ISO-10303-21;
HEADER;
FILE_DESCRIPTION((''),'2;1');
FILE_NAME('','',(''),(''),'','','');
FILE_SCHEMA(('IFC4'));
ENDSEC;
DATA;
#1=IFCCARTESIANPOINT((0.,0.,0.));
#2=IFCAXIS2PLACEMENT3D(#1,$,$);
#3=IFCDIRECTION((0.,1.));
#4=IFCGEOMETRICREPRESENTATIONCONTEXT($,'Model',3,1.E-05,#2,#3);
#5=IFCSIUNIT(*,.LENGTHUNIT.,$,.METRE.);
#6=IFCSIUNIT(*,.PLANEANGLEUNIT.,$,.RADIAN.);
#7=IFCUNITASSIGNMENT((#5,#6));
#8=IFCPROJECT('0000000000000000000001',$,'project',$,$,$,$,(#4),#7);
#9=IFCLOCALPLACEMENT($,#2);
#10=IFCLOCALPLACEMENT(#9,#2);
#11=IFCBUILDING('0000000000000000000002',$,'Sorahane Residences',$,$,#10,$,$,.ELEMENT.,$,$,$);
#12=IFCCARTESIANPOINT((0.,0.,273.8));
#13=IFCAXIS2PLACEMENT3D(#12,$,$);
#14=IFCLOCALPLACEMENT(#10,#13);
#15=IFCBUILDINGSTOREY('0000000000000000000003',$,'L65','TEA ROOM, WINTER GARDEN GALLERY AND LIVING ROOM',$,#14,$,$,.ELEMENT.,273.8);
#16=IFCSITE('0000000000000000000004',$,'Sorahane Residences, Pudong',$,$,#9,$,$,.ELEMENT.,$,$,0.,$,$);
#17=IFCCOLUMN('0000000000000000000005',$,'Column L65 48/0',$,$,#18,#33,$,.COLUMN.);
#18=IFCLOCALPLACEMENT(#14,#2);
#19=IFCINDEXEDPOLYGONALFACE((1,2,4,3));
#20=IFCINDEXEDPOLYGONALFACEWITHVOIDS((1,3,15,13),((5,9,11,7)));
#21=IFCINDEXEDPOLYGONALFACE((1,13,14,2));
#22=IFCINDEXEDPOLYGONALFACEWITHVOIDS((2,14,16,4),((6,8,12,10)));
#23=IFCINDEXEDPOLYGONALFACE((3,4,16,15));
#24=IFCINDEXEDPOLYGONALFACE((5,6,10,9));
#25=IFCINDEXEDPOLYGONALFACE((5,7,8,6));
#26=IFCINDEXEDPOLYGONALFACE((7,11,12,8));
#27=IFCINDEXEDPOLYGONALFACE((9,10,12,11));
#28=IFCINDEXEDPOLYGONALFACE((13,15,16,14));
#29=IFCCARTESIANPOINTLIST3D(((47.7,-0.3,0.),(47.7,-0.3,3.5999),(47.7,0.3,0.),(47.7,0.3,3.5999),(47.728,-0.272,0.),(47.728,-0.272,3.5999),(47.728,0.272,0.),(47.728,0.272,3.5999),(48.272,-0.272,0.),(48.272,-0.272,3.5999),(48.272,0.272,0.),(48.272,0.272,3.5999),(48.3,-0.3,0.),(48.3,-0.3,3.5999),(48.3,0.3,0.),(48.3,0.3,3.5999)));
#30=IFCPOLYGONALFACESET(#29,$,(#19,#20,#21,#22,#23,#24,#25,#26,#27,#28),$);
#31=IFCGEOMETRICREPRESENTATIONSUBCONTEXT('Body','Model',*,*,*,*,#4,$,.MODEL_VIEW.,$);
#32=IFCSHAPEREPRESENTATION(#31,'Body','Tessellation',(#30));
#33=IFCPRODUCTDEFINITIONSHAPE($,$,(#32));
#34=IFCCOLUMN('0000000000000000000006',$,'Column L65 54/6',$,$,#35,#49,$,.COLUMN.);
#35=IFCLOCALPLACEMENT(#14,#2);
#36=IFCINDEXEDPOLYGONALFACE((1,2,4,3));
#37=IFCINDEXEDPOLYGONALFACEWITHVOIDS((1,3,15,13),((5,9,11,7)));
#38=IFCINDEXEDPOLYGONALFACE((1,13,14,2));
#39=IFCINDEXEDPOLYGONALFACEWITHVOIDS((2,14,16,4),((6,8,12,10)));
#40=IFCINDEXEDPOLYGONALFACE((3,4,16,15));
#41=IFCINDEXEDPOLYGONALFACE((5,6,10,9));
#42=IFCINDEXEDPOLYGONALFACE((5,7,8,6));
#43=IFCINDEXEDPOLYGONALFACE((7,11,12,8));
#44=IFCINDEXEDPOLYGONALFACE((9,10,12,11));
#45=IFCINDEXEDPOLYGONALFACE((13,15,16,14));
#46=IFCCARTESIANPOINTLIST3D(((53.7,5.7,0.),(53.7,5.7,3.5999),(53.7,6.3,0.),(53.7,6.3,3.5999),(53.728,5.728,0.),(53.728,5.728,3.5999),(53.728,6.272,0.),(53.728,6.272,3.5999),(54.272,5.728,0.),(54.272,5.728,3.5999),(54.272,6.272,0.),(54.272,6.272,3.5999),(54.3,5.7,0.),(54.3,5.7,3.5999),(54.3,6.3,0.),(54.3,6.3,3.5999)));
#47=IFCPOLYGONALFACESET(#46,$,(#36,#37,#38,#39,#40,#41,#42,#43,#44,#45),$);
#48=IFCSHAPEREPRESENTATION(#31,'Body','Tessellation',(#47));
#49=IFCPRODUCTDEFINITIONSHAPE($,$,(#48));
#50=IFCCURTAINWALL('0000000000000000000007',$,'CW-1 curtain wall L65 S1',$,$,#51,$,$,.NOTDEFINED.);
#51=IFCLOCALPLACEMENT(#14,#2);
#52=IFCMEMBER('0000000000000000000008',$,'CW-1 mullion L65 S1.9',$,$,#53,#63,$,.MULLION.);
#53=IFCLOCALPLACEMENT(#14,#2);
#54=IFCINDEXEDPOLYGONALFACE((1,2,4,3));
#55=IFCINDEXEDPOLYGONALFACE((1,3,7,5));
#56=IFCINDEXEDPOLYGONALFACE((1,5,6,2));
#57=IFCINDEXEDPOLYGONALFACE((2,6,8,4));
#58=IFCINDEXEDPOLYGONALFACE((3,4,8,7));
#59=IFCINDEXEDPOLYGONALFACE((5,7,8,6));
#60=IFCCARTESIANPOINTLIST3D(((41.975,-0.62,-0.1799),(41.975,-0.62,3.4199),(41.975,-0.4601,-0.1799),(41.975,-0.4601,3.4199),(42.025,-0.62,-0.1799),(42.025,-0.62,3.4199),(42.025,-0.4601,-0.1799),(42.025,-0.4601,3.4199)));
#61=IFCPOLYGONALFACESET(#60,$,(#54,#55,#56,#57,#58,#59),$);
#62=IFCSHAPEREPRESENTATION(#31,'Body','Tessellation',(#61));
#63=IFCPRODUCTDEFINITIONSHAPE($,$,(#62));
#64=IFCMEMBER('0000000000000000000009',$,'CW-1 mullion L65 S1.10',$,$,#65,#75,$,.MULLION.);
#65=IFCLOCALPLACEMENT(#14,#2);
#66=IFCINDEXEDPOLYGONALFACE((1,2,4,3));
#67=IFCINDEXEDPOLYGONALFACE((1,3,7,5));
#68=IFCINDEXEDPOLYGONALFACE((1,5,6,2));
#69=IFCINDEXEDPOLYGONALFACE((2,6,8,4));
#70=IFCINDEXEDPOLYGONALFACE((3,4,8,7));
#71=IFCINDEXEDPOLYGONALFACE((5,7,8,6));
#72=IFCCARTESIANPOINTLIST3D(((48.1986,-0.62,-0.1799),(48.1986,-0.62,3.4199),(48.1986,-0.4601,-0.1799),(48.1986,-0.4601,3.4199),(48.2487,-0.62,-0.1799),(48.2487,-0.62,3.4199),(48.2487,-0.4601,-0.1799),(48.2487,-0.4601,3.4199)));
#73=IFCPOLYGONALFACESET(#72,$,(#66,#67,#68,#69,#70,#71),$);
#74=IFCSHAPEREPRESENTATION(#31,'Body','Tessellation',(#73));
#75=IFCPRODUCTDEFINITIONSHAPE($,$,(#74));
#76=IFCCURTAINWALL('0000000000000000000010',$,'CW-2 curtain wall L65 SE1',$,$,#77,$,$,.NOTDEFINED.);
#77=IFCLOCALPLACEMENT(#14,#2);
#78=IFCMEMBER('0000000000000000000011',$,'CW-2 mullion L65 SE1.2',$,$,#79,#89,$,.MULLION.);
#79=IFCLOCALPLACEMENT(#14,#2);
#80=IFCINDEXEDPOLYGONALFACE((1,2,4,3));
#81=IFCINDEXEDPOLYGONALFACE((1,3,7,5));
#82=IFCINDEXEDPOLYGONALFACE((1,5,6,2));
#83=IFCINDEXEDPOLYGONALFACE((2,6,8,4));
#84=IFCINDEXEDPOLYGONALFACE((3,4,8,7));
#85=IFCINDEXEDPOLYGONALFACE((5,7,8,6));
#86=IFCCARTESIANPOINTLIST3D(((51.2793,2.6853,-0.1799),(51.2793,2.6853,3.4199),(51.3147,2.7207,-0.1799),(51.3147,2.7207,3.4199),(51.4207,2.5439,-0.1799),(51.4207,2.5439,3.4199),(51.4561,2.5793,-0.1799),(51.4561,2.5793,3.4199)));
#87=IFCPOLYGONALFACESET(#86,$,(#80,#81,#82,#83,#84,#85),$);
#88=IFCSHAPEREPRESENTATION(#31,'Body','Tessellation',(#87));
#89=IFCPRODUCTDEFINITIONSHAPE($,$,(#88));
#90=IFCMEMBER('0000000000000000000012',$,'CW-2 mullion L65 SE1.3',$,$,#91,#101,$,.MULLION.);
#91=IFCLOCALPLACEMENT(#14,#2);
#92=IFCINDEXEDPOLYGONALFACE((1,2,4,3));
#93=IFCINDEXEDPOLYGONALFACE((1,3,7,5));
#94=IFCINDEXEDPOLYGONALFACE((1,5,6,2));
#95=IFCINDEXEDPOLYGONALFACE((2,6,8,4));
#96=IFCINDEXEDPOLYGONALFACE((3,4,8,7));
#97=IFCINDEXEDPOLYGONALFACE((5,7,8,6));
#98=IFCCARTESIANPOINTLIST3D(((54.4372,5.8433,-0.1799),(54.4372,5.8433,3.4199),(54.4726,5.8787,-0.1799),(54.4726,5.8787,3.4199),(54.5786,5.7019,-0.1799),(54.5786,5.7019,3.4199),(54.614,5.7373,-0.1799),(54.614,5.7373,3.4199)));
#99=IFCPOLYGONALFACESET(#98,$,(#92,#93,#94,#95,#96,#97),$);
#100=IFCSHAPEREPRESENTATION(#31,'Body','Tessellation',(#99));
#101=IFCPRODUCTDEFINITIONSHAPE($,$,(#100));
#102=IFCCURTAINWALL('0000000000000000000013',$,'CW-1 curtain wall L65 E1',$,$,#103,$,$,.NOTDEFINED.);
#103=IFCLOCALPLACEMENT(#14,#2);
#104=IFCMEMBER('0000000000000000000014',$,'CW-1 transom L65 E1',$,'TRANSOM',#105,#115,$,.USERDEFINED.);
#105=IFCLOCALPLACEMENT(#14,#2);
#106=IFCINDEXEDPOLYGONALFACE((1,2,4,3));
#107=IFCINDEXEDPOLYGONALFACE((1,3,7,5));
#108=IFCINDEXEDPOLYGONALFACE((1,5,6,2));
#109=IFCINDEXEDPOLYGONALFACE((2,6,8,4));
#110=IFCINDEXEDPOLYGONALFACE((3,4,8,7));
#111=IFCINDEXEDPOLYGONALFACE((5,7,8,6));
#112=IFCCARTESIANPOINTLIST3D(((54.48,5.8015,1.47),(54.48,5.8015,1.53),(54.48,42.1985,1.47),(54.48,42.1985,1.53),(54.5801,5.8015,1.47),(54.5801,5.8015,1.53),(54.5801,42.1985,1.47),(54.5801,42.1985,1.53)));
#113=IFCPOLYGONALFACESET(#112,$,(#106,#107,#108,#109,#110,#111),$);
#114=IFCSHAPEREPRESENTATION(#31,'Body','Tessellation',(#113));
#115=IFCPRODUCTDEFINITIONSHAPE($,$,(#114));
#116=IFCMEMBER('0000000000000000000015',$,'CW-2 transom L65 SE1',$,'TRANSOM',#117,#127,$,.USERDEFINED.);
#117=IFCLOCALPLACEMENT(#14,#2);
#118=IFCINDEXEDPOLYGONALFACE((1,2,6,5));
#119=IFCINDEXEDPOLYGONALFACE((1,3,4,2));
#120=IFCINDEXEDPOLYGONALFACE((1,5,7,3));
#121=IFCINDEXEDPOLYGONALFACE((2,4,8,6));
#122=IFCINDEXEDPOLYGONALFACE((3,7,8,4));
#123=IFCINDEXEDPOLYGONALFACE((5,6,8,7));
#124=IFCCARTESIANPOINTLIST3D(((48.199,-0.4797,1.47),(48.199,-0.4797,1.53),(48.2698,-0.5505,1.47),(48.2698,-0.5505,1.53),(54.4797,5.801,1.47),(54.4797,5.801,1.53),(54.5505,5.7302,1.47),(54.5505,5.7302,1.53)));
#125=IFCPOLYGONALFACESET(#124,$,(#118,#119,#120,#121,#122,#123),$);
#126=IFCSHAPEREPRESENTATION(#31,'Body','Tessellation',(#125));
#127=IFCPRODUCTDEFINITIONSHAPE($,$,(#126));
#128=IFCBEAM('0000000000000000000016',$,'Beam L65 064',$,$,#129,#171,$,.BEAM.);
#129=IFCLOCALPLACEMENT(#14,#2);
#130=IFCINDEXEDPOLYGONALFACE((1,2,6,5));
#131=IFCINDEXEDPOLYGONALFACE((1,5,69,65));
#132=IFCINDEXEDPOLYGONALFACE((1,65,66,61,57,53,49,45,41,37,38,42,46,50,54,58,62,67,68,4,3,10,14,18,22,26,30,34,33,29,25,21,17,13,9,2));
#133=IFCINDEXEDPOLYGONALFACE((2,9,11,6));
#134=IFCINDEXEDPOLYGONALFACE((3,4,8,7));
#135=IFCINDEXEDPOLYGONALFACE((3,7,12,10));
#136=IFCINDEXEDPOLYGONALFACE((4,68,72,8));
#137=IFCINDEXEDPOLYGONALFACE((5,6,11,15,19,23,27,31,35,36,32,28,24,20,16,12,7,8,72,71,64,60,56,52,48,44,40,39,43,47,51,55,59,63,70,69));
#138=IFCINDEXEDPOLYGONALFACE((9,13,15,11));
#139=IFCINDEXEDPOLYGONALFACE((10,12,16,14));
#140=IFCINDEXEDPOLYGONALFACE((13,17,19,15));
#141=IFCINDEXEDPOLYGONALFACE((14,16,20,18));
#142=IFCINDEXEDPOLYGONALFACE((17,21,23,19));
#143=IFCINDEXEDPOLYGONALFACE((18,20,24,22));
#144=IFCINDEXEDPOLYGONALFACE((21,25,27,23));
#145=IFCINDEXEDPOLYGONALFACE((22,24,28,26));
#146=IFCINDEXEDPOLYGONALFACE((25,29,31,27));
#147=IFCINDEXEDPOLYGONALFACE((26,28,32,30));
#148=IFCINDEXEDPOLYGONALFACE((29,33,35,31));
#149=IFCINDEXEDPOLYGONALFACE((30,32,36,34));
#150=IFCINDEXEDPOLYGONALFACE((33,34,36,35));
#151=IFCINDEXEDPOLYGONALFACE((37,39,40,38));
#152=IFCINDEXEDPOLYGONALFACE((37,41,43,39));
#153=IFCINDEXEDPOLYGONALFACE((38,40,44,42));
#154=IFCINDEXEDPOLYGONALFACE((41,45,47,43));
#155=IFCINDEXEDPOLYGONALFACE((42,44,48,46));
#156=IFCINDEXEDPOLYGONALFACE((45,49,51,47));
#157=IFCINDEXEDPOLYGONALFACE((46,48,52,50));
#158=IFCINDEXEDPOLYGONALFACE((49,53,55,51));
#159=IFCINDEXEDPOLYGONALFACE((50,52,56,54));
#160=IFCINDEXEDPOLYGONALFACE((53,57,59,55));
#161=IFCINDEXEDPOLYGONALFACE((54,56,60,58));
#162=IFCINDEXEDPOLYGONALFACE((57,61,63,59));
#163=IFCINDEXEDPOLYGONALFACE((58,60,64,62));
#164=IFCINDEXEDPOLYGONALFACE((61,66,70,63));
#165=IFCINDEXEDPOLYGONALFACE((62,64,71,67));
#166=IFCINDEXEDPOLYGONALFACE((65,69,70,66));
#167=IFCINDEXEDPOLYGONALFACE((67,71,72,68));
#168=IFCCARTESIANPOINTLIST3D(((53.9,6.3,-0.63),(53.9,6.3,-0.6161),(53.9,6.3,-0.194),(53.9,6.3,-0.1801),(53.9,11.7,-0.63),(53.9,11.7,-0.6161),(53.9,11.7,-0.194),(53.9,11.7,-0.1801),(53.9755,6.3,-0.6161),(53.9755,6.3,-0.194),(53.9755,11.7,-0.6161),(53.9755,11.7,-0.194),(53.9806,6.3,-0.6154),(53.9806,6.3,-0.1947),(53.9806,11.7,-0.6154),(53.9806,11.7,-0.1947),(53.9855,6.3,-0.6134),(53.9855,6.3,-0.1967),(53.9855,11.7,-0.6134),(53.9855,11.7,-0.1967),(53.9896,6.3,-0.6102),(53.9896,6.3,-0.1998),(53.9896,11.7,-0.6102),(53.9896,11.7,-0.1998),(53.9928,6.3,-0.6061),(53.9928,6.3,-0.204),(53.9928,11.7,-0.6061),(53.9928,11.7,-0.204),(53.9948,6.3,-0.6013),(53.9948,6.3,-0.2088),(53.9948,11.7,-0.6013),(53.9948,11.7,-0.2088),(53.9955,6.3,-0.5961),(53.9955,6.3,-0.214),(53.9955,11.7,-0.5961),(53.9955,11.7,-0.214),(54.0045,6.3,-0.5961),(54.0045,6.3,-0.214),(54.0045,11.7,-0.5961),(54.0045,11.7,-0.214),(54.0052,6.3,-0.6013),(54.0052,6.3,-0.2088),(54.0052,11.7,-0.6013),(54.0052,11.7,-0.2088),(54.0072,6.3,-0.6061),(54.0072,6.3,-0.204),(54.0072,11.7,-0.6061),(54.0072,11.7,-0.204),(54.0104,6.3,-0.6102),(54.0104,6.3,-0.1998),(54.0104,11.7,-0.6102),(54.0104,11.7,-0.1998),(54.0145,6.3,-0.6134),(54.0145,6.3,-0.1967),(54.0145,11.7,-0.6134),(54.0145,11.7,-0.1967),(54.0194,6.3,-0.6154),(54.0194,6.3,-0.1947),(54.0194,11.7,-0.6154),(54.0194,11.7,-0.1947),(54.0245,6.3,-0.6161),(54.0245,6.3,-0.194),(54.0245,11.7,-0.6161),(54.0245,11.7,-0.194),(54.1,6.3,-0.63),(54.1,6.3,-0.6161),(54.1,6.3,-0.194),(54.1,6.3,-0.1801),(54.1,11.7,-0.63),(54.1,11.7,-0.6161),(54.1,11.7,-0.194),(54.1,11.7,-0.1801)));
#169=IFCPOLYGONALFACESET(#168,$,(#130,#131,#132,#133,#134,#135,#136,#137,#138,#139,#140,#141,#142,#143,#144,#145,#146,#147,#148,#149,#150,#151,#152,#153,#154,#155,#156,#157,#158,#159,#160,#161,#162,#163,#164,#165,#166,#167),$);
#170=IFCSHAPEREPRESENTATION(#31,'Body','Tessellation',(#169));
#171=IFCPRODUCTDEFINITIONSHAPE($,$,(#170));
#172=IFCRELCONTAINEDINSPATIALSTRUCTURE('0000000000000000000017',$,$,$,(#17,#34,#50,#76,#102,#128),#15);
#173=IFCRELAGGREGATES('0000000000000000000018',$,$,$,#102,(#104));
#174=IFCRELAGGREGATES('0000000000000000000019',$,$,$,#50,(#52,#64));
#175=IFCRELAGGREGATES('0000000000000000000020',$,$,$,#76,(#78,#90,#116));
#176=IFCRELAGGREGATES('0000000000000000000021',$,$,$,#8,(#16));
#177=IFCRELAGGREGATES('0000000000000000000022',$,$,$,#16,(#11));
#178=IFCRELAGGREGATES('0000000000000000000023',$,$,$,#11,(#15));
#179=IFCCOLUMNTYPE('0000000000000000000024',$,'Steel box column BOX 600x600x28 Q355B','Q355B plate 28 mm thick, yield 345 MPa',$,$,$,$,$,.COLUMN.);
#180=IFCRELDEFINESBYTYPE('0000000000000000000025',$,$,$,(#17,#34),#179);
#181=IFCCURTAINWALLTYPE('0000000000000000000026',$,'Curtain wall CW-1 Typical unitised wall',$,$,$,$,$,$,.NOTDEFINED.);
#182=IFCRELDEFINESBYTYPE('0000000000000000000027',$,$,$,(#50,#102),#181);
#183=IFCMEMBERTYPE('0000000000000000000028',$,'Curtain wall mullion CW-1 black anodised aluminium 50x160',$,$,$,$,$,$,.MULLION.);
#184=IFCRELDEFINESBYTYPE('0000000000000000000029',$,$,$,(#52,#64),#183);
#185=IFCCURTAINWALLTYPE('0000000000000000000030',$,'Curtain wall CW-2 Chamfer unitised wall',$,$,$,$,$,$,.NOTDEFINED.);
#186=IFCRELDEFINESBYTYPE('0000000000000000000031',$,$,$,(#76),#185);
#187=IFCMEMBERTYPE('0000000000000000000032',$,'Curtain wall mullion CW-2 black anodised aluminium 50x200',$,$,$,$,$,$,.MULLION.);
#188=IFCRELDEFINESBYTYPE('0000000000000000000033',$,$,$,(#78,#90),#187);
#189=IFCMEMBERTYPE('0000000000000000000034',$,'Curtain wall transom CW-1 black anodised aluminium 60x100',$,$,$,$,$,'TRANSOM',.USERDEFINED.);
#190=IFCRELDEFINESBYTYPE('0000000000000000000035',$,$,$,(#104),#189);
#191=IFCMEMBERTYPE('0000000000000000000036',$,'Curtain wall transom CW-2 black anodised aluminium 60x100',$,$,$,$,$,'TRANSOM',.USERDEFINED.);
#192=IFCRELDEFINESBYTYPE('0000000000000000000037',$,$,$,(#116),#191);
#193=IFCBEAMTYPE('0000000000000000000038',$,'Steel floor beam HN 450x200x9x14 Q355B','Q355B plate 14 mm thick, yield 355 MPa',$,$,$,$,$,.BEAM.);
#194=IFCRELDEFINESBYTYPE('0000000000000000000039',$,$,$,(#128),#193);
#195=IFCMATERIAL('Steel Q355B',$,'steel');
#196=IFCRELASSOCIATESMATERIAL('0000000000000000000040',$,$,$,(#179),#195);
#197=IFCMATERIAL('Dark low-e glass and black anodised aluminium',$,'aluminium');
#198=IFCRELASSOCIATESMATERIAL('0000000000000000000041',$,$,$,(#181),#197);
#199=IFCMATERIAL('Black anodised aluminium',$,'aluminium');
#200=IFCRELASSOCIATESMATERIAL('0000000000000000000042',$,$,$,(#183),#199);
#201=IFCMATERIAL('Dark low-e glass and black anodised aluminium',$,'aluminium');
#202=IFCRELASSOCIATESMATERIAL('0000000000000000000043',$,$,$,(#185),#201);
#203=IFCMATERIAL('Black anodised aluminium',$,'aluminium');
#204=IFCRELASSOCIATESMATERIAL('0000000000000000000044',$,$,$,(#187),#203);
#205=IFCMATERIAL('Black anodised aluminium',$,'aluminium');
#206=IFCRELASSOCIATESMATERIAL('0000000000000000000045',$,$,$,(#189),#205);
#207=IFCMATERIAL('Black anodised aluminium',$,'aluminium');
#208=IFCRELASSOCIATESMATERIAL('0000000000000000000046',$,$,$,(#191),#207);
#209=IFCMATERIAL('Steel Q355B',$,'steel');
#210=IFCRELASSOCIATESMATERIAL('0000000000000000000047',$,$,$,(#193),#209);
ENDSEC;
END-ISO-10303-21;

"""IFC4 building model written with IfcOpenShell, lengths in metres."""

from ifc_helpers import new_model, si_unit, direction, frame, origin, origin_2d, place, context, subcontext, project, spatial, rectangle, hollow_rectangle, i_section, extrude, material, material_profile, profile_set, type_object, element, aggregate, save


model = new_model("IFC4")

# Units and contexts
model_context = context("Model", 3, precision=1e-05, world=origin(), true_north=direction((0.0, 1.0)))
body_context = subcontext(model_context, "Body", "Model", "MODEL_VIEW")
ifc_project = project(units=[si_unit("LENGTHUNIT", "METRE"), si_unit("PLANEANGLEUNIT", "RADIAN")], contexts=[model_context])

# Site, building, storey
site_placement = place(None, origin())
site = spatial("IfcSite", under=ifc_project, at=site_placement, Name="Sorahane Residences, Pudong", CompositionType="ELEMENT", RefElevation=0.0)
building_placement = place(site_placement, origin())
building = spatial("IfcBuilding", under=site, at=building_placement, Name="Sorahane Residences", CompositionType="ELEMENT")
storey_placement = place(building_placement, frame((0.0, 0.0, 273.8)))
storey = spatial("IfcBuildingStorey", under=building, at=storey_placement, Name="L65", Description="TEA ROOM, WINTER GARDEN GALLERY AND LIVING ROOM", CompositionType="ELEMENT", Elevation=273.8)

# Columns
ifc_material_1 = material(Name="Steel Q355B", Category="steel")
ifc_material_profile_1 = material_profile(ifc_material_1, hollow_rectangle(XDim=0.6001, YDim=0.6001, WallThickness=0.0281, at=origin_2d()), Name="BOX 600x600x28")
ifc_profile_set_1 = profile_set([ifc_material_profile_1], Name="Steel Q355B")
column_type = type_object("IfcColumnType", Name="Steel box column BOX 600x600x28 Q355B", Description="Q355B plate 28 mm thick, yield 345 MPa", PredefinedType="COLUMN", material=ifc_profile_set_1)
for number, where, z_axis, x_axis, name in (
    (1, (48.0, 0.0, 0.0), (0.0, 0.0, 1.0), (1.0, 0.0, 0.0), "Column L65 48/0"),
    (2, (54.0, 6.0, 0.0), (0.0, 0.0, 1.0), (1.0, 0.0, 0.0), "Column L65 54/6"),
):
    element("IfcColumn", number, at=place(storey_placement, frame(where, z_axis=z_axis, x_axis=x_axis)), inside=storey, type_object=column_type, Name=name, PredefinedType="COLUMN", context=body_context, shape_type="SweptSolid", body=[
        extrude(hollow_rectangle(XDim=0.6001, YDim=0.6001, WallThickness=0.0281, at=origin_2d()), origin(), (0.0, 0.0, 1.0), 3.5999),
    ])

# Curtain walls, members
ifc_material_2 = material(Name="Dark low-e glass and black anodised aluminium", Category="aluminium")
curtain_wall_type_1 = type_object("IfcCurtainWallType", Name="Curtain wall CW-1 Typical unitised wall", PredefinedType="NOTDEFINED", material=ifc_material_2)
curtain_wall_1_placement = place(storey_placement, origin())
curtain_wall_1 = element("IfcCurtainWall", 3, at=curtain_wall_1_placement, inside=storey, type_object=curtain_wall_type_1, Name="CW-1 curtain wall L65 S1", PredefinedType="NOTDEFINED")
ifc_material_3 = material(Name="Black anodised aluminium", Category="aluminium")
ifc_material_profile_2 = material_profile(ifc_material_3, rectangle(XDim=0.1599, YDim=0.05, at=origin_2d()), Name="Curtain wall mullion CW-1 black anodised aluminium 50x160")
ifc_profile_set_2 = profile_set([ifc_material_profile_2], Name="Black anodised aluminium")
member_type_1 = type_object("IfcMemberType", Name="Curtain wall mullion CW-1 black anodised aluminium 50x160", PredefinedType="MULLION", material=ifc_profile_set_2)
member_1_placement = place(storey_placement, frame((42.0, -0.54, -0.1799), z_axis=(0.0, 0.0, 1.0), x_axis=(0.0, -1.0, 0.0)))
member_1 = element("IfcMember", 4, at=member_1_placement, type_object=member_type_1, Name="CW-1 mullion L65 S1.9", PredefinedType="MULLION", context=body_context, shape_type="SweptSolid", body=[
    extrude(rectangle(XDim=0.1599, YDim=0.05, at=origin_2d()), origin(), (0.0, 0.0, 1.0), 3.5999),
])
member_2_placement = place(storey_placement, frame((48.2236, -0.54, -0.1799), z_axis=(0.0, 0.0, 1.0), x_axis=(0.0, -1.0, 0.0)))
member_2 = element("IfcMember", 5, at=member_2_placement, type_object=member_type_1, Name="CW-1 mullion L65 S1.10", PredefinedType="MULLION", context=body_context, shape_type="SweptSolid", body=[
    extrude(rectangle(XDim=0.1599, YDim=0.05, at=origin_2d()), origin(), (0.0, 0.0, 1.0), 3.5999),
])
ifc_material_4 = material(Name="Dark low-e glass and black anodised aluminium", Category="aluminium")
curtain_wall_type_2 = type_object("IfcCurtainWallType", Name="Curtain wall CW-2 Chamfer unitised wall", PredefinedType="NOTDEFINED", material=ifc_material_4)
curtain_wall_2_placement = place(storey_placement, origin())
curtain_wall_2 = element("IfcCurtainWall", 6, at=curtain_wall_2_placement, inside=storey, type_object=curtain_wall_type_2, Name="CW-2 curtain wall L65 SE1", PredefinedType="NOTDEFINED")
ifc_material_5 = material(Name="Black anodised aluminium", Category="aluminium")
ifc_material_profile_3 = material_profile(ifc_material_5, rectangle(XDim=0.2, YDim=0.05, at=origin_2d()), Name="Curtain wall mullion CW-2 black anodised aluminium 50x200")
ifc_profile_set_3 = profile_set([ifc_material_profile_3], Name="Black anodised aluminium")
member_type_2 = type_object("IfcMemberType", Name="Curtain wall mullion CW-2 black anodised aluminium 50x200", PredefinedType="MULLION", material=ifc_profile_set_3)
member_3_placement = place(storey_placement, frame((51.3677, 2.6323, -0.1799), z_axis=(0.0, 0.0, 1.0), x_axis=(0.707107, -0.707107, 0.0)))
member_3 = element("IfcMember", 7, at=member_3_placement, type_object=member_type_2, Name="CW-2 mullion L65 SE1.2", PredefinedType="MULLION", context=body_context, shape_type="SweptSolid", body=[
    extrude(rectangle(XDim=0.2, YDim=0.05, at=origin_2d()), origin(), (0.0, 0.0, 1.0), 3.5999),
])
member_4_placement = place(storey_placement, frame((54.5256, 5.7903, -0.1799), z_axis=(0.0, 0.0, 1.0), x_axis=(0.707107, -0.707107, 0.0)))
member_4 = element("IfcMember", 8, at=member_4_placement, type_object=member_type_2, Name="CW-2 mullion L65 SE1.3", PredefinedType="MULLION", context=body_context, shape_type="SweptSolid", body=[
    extrude(rectangle(XDim=0.2, YDim=0.05, at=origin_2d()), origin(), (0.0, 0.0, 1.0), 3.5999),
])

# Curtain wall, member
curtain_wall_3_placement = place(storey_placement, origin())
curtain_wall_3 = element("IfcCurtainWall", 9, at=curtain_wall_3_placement, inside=storey, type_object=curtain_wall_type_1, Name="CW-1 curtain wall L65 E1", PredefinedType="NOTDEFINED")
ifc_material_6 = material(Name="Black anodised aluminium", Category="aluminium")
ifc_material_profile_4 = material_profile(ifc_material_6, rectangle(XDim=0.1001, YDim=0.0601, at=origin_2d()), Name="Curtain wall transom CW-1 black anodised aluminium 60x100")
ifc_profile_set_4 = profile_set([ifc_material_profile_4], Name="Black anodised aluminium")
member_type_3 = type_object("IfcMemberType", Name="Curtain wall transom CW-1 black anodised aluminium 60x100", ElementType="TRANSOM", PredefinedType="USERDEFINED", material=ifc_profile_set_4)
member_5_placement = place(storey_placement, frame((54.53, 5.8015, 1.5), z_axis=(0.0, 1.0, 0.0), x_axis=(-1.0, 0.0, 0.0)))
member_5 = element("IfcMember", 10, at=member_5_placement, type_object=member_type_3, Name="CW-1 transom L65 E1", ObjectType="TRANSOM", PredefinedType="USERDEFINED", context=body_context, shape_type="SweptSolid", body=[
    extrude(rectangle(XDim=0.1001, YDim=0.0601, at=origin_2d()), origin(), (0.0, 0.0, 1.0), 36.397),
])
aggregate(curtain_wall_3, [member_5])

# Member
ifc_material_7 = material(Name="Black anodised aluminium", Category="aluminium")
ifc_material_profile_5 = material_profile(ifc_material_7, rectangle(XDim=0.1001, YDim=0.0601, at=origin_2d()), Name="Curtain wall transom CW-2 black anodised aluminium 60x100")
ifc_profile_set_5 = profile_set([ifc_material_profile_5], Name="Black anodised aluminium")
member_type_4 = type_object("IfcMemberType", Name="Curtain wall transom CW-2 black anodised aluminium 60x100", ElementType="TRANSOM", PredefinedType="USERDEFINED", material=ifc_profile_set_5)
member_6_placement = place(storey_placement, frame((48.2344, -0.5151, 1.5), z_axis=(0.707107, 0.707107, 0.0), x_axis=(-0.707107, 0.707107, 0.0)))
member_6 = element("IfcMember", 11, at=member_6_placement, type_object=member_type_4, Name="CW-2 transom L65 SE1", ObjectType="TRANSOM", PredefinedType="USERDEFINED", context=body_context, shape_type="SweptSolid", body=[
    extrude(rectangle(XDim=0.1001, YDim=0.0601, at=origin_2d()), origin(), (0.0, 0.0, 1.0), 8.8823),
])

# Beam
ifc_material_8 = material(Name="Steel Q355B", Category="steel")
ifc_material_profile_6 = material_profile(ifc_material_8, i_section(OverallWidth=0.2, OverallDepth=0.45, WebThickness=0.009, FlangeThickness=0.0139, FilletRadius=0.02, at=origin_2d()), Name="HN 450x200x9x14")
ifc_profile_set_6 = profile_set([ifc_material_profile_6], Name="Steel Q355B")
beam_type_1 = type_object("IfcBeamType", Name="Steel floor beam HN 450x200x9x14 Q355B", Description="Q355B plate 14 mm thick, yield 355 MPa", PredefinedType="BEAM", material=ifc_profile_set_6)
beam_1_placement = place(storey_placement, frame((54.0, 6.3, -0.405), z_axis=(0.0, 1.0, 0.0), x_axis=(-1.0, 0.0, 0.0)))
element("IfcBeam", 12, at=beam_1_placement, inside=storey, type_object=beam_type_1, Name="Beam L65 064", PredefinedType="BEAM", context=body_context, shape_type="SweptSolid", body=[
    extrude(i_section(OverallWidth=0.2, OverallDepth=0.45, WebThickness=0.009, FlangeThickness=0.0139, FilletRadius=0.02, at=origin_2d()), origin(), (0.0, 0.0, 1.0), 5.3999),
])

aggregate(curtain_wall_1, [member_1, member_2])
aggregate(curtain_wall_2, [member_3, member_4, member_6])

save(model, "model.ifc")
